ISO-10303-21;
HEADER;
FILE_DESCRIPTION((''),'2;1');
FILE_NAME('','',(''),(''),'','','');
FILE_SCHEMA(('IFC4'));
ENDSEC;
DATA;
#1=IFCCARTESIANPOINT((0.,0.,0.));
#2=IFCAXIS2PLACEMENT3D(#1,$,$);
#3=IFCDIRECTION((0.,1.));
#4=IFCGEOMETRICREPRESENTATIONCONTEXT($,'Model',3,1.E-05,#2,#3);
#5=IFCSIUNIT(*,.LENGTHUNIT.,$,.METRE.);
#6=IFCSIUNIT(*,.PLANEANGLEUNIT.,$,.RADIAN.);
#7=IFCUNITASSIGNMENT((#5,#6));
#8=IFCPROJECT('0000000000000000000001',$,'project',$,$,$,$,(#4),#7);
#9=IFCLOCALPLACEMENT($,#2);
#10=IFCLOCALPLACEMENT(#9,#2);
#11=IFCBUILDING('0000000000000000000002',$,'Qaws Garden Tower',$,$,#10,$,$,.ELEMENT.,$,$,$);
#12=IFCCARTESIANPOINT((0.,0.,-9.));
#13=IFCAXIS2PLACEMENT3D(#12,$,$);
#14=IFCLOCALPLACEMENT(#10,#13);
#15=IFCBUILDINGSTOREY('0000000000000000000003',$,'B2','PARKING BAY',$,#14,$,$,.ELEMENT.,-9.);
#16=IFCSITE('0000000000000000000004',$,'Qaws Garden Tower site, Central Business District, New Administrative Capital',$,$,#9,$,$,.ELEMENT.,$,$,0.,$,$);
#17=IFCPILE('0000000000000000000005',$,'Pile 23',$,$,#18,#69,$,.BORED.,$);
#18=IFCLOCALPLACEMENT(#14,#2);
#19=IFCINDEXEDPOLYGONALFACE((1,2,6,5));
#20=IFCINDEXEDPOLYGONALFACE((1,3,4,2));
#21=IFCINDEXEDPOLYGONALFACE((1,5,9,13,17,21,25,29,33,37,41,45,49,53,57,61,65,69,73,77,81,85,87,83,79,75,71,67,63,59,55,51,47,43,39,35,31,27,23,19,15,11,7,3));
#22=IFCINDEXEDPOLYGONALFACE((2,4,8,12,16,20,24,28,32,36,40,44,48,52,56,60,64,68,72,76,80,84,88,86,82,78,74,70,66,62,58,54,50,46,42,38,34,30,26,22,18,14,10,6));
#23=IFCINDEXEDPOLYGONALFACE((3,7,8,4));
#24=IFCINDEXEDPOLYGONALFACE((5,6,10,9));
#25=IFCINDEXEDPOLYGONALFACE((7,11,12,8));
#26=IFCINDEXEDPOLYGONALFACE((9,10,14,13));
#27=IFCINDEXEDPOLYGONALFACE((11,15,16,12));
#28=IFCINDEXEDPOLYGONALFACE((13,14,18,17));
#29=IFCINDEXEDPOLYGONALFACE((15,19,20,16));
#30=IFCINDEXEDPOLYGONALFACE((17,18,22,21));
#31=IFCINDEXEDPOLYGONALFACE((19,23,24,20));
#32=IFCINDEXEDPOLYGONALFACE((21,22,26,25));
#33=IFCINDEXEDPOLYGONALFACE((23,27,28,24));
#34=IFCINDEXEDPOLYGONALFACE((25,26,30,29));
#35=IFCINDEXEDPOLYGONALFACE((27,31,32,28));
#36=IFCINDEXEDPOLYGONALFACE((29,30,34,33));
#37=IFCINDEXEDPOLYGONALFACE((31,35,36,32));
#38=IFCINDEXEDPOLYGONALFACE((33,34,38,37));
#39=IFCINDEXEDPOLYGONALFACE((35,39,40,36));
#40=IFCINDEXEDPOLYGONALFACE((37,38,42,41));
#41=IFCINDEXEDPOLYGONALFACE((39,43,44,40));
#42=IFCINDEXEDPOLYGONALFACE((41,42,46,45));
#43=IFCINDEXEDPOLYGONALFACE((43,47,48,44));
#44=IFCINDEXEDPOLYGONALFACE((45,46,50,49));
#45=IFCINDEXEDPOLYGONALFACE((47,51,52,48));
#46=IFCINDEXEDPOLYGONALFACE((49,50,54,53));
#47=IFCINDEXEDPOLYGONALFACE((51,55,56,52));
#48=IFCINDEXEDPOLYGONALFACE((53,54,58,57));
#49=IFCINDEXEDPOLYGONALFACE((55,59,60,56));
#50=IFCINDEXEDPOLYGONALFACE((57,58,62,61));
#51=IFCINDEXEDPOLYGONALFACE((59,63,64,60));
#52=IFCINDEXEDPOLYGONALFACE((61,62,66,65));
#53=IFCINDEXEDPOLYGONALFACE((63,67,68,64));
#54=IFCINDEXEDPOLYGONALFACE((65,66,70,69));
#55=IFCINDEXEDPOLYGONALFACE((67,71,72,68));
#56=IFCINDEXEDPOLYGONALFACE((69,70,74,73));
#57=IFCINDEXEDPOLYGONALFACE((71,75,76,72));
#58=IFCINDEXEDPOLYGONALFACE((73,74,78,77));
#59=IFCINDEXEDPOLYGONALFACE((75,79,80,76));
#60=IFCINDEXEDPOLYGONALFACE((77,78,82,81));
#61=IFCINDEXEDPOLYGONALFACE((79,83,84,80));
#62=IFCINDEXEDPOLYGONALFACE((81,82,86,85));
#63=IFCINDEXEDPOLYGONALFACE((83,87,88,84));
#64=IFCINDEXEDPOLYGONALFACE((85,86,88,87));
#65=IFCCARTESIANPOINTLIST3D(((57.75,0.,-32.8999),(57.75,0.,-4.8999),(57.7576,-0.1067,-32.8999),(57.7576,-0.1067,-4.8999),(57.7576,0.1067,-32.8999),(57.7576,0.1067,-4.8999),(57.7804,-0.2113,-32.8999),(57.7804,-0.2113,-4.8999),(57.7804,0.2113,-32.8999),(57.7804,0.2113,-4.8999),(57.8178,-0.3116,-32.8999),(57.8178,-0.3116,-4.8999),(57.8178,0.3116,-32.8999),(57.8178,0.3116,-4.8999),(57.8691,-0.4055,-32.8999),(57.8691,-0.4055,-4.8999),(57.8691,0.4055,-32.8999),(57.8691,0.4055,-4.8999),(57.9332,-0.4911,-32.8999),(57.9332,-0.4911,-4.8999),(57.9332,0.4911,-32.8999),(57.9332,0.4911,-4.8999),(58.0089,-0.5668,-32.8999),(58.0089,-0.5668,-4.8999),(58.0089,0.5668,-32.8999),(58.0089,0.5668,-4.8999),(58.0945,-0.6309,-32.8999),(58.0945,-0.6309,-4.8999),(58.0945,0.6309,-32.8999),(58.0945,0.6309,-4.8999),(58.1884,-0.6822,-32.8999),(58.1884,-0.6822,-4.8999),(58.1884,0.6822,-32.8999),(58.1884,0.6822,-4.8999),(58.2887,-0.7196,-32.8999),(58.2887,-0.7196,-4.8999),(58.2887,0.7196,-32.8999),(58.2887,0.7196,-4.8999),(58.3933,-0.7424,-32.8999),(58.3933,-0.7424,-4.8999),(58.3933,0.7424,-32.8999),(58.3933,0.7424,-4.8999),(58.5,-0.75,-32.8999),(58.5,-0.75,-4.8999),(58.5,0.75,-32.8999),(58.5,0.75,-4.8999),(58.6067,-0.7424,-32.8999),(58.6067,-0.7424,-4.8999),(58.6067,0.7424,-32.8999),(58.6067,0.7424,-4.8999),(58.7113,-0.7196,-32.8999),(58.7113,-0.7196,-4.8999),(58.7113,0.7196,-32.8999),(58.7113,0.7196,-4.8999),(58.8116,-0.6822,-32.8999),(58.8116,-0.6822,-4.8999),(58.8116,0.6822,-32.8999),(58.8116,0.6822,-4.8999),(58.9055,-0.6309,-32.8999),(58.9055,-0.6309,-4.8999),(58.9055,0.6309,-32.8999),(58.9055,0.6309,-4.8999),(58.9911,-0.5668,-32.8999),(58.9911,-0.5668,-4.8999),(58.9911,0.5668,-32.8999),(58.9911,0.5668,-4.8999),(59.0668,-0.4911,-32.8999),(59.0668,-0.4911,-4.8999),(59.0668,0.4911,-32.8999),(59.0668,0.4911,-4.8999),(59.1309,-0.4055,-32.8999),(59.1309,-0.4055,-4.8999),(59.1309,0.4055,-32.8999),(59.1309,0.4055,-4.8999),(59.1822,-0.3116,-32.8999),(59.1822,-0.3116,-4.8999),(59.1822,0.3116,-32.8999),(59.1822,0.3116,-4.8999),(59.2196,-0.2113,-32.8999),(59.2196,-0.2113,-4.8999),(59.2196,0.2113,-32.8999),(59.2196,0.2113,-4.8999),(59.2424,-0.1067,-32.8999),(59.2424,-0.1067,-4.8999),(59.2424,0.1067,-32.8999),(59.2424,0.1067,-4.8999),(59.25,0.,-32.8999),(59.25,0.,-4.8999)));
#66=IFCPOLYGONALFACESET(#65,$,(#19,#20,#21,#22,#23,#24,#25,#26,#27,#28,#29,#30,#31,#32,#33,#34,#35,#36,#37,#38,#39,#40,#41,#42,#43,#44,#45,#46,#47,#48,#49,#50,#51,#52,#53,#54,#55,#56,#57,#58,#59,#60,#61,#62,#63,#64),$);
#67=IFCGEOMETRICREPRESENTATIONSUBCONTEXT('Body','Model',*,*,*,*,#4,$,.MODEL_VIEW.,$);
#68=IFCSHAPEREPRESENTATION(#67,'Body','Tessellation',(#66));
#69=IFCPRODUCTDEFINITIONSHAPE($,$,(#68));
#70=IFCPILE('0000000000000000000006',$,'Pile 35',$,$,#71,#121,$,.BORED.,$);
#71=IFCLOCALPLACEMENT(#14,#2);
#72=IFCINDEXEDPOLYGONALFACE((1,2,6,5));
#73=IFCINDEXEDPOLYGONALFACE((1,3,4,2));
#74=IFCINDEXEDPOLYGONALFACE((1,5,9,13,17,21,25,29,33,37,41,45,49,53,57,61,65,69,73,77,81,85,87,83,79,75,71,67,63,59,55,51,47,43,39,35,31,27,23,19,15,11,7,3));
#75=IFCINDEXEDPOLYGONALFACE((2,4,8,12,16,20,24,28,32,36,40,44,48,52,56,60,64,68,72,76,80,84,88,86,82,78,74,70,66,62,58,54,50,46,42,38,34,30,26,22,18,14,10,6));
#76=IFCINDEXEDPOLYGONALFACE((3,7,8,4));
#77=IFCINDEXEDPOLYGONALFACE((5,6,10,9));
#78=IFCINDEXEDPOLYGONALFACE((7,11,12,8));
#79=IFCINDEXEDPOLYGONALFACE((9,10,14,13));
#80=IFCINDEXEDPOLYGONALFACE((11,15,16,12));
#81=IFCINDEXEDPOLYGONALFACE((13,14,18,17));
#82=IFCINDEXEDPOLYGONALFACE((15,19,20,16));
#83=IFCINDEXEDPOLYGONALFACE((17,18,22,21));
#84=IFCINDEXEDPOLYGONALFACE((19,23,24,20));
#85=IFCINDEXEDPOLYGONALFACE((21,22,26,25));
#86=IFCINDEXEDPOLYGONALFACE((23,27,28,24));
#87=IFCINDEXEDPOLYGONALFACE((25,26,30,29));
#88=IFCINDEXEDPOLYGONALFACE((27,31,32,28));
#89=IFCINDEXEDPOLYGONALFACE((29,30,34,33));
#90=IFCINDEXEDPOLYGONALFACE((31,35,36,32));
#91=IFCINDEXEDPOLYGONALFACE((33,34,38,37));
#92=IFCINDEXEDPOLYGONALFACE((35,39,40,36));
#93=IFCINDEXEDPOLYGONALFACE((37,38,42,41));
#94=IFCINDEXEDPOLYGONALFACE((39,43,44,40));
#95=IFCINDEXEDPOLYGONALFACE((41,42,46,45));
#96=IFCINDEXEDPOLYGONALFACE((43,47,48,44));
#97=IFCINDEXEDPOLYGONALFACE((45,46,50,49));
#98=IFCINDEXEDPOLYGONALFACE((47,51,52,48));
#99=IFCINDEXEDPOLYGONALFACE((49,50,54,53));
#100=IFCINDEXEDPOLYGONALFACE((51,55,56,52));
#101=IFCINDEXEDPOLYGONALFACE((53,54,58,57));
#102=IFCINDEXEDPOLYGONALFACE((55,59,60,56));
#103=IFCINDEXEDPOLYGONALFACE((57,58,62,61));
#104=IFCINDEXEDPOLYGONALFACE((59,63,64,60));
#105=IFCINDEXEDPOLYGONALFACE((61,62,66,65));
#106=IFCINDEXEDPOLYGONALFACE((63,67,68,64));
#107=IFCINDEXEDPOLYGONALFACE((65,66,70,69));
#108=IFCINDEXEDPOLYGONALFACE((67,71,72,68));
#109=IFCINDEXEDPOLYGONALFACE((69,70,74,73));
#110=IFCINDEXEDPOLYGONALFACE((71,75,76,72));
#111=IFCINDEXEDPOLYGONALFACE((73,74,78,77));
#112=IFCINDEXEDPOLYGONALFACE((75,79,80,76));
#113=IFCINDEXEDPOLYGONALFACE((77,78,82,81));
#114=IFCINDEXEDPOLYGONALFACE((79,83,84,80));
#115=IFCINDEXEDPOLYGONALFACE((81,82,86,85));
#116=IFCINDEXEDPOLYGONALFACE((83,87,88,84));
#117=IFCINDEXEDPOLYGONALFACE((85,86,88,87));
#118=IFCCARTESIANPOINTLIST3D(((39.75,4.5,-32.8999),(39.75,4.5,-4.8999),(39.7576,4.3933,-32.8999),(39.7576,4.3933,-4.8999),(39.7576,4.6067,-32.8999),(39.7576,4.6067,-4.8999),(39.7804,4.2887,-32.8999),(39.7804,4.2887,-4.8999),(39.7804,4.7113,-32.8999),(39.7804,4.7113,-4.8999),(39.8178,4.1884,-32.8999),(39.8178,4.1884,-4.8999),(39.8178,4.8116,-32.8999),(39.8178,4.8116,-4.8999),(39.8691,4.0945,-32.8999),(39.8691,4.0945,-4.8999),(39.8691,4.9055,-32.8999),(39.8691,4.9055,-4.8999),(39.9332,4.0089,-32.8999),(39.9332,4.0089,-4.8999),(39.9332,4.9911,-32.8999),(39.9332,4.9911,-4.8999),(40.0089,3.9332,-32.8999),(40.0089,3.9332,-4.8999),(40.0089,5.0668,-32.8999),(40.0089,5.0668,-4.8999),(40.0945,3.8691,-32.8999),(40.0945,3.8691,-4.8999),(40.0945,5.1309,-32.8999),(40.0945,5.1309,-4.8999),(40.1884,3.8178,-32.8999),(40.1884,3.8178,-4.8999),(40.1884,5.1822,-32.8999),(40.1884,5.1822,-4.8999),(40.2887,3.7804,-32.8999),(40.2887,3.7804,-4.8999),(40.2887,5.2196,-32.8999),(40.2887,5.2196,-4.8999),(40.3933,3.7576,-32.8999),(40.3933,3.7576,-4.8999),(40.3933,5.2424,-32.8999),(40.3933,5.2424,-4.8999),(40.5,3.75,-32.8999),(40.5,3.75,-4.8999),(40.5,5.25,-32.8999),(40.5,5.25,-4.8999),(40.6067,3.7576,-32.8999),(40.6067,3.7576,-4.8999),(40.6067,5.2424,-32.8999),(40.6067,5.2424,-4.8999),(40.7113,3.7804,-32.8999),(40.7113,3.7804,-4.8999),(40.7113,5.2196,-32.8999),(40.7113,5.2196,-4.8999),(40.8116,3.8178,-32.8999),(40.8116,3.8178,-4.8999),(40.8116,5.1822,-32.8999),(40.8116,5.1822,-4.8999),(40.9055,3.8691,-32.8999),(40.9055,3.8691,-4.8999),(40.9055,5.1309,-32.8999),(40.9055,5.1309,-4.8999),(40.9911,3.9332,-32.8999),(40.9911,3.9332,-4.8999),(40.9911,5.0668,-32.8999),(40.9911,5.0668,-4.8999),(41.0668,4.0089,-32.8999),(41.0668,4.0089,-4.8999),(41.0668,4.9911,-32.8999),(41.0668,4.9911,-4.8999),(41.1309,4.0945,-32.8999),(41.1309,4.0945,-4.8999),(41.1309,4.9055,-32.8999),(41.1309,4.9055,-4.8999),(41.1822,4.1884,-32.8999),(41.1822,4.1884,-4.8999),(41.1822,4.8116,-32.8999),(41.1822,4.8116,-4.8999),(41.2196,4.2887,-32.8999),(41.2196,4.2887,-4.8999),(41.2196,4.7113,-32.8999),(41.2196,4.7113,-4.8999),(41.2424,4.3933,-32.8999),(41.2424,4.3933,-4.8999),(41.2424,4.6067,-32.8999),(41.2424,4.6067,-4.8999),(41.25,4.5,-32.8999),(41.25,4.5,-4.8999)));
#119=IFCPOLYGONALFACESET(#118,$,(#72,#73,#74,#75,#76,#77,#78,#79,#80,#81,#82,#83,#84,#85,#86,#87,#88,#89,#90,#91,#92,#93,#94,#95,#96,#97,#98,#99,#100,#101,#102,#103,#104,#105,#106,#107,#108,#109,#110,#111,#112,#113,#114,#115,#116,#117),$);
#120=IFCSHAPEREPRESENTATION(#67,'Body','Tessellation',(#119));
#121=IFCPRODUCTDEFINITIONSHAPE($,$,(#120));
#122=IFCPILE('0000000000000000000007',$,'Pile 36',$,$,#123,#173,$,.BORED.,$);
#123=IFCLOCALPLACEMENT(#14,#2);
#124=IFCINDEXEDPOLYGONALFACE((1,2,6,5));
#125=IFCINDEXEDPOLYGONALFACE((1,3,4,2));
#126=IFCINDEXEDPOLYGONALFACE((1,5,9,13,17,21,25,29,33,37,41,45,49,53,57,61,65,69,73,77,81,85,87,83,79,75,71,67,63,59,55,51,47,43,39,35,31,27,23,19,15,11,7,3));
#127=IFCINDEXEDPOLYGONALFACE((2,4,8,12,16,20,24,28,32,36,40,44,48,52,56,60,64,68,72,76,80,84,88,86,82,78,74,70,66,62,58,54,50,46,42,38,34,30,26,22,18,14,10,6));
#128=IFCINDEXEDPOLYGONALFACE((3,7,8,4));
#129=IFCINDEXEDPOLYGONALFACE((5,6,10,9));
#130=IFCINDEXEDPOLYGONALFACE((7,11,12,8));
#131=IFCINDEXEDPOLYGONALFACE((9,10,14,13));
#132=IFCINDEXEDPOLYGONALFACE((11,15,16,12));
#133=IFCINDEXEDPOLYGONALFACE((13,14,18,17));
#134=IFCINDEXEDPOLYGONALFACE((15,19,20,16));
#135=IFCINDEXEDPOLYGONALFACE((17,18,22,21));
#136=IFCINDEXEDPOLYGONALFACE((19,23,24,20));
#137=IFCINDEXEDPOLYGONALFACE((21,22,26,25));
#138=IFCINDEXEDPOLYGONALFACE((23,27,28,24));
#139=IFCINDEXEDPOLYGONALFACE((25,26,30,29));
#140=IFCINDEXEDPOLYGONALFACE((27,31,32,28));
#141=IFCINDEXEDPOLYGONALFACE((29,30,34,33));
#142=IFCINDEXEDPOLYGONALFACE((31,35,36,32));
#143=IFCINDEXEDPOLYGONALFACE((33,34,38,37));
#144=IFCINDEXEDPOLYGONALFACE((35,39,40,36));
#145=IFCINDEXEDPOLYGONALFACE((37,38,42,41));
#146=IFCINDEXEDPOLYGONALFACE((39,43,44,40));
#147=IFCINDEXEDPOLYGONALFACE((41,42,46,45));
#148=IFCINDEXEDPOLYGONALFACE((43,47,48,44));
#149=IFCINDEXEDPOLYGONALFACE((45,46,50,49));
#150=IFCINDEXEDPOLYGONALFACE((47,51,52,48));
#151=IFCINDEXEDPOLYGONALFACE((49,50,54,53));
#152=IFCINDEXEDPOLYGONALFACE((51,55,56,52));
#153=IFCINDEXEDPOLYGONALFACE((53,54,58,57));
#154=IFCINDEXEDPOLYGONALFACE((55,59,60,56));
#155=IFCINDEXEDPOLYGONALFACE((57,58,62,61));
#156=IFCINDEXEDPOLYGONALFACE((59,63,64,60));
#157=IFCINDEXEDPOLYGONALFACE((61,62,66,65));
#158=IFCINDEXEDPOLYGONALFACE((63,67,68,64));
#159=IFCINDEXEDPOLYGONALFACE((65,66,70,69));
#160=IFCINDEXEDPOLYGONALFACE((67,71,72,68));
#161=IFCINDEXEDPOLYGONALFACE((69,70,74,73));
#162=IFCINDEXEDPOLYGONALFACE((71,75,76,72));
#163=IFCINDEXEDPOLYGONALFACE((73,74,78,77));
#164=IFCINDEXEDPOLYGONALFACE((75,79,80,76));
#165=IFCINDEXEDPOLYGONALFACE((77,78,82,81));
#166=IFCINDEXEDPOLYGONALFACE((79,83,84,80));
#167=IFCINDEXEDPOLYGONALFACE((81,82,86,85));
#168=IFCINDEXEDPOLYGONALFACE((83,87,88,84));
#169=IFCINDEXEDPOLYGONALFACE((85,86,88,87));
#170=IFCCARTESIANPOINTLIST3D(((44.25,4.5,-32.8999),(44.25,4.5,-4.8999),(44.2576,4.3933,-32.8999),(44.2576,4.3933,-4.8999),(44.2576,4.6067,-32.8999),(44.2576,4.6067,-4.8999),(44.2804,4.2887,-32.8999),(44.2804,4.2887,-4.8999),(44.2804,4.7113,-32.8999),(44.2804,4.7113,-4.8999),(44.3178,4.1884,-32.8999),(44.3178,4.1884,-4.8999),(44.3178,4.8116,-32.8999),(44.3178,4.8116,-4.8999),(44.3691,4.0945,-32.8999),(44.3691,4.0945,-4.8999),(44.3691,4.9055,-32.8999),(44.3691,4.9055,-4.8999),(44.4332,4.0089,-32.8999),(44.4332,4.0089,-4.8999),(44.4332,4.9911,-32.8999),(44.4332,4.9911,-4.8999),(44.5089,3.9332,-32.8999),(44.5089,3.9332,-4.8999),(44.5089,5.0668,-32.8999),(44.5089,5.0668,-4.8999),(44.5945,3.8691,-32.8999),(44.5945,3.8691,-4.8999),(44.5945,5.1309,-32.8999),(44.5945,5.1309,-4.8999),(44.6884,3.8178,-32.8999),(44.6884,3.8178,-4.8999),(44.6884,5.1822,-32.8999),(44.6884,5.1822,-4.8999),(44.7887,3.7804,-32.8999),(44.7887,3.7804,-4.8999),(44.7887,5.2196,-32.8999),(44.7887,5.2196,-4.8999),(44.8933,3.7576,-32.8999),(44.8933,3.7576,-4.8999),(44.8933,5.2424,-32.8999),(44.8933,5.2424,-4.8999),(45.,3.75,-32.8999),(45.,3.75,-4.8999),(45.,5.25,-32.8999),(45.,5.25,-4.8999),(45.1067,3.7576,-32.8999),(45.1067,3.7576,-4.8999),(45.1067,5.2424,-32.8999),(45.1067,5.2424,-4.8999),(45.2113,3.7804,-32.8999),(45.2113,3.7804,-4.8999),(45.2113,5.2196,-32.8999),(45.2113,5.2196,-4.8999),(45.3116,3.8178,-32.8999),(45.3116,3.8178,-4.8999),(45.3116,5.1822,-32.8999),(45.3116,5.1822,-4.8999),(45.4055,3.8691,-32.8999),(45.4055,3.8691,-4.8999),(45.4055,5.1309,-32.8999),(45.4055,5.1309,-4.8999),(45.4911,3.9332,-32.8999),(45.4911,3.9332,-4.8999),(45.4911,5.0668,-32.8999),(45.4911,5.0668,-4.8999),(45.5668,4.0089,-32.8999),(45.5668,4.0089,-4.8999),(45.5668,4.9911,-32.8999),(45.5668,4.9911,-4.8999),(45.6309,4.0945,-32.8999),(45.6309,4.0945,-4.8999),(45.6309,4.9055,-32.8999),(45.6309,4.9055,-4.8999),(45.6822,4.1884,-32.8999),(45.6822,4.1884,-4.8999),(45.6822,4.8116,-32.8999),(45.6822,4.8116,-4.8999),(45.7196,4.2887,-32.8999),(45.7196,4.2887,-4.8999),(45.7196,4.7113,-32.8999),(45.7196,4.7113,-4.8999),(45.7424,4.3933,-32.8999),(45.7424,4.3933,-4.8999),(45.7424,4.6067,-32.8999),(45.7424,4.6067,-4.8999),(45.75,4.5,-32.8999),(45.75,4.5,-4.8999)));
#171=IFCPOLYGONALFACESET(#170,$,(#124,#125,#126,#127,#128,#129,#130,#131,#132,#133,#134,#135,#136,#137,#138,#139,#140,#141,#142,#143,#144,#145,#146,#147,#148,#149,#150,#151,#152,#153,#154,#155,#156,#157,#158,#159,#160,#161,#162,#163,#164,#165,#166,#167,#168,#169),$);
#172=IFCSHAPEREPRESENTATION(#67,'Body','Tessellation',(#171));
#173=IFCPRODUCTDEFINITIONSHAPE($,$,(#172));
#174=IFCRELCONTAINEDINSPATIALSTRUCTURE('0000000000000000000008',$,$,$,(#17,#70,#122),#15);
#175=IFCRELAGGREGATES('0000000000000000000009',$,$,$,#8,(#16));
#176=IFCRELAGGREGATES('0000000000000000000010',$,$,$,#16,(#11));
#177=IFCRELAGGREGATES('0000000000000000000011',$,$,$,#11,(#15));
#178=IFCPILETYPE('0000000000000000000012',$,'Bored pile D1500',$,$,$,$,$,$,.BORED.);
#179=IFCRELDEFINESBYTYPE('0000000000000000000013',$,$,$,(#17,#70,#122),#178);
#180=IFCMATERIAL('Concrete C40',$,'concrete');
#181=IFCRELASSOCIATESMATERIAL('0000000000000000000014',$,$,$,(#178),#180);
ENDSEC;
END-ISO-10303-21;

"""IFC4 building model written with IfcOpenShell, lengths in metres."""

from ifc_helpers import new_model, si_unit, direction, frame, origin, origin_2d, place, context, subcontext, project, spatial, circle, extrude, material, material_profile, profile_set, type_object, element, save


model = new_model("IFC4")

# Units and contexts
model_context = context("Model", 3, precision=1e-05, world=origin(), true_north=direction((0.0, 1.0)))
body_context = subcontext(model_context, "Body", "Model", "MODEL_VIEW")
ifc_project = project(units=[si_unit("LENGTHUNIT", "METRE"), si_unit("PLANEANGLEUNIT", "RADIAN")], contexts=[model_context])

# Site, building, storey
site_placement = place(None, origin())
site = spatial("IfcSite", under=ifc_project, at=site_placement, Name="Qaws Garden Tower site, Central Business District, New Administrative Capital", CompositionType="ELEMENT", RefElevation=0.0)
building_placement = place(site_placement, origin())
building = spatial("IfcBuilding", under=site, at=building_placement, Name="Qaws Garden Tower", CompositionType="ELEMENT")
storey_placement = place(building_placement, frame((0.0, 0.0, -9.0)))
storey = spatial("IfcBuildingStorey", under=building, at=storey_placement, Name="B2", Description="PARKING BAY", CompositionType="ELEMENT", Elevation=-9.0)

# Piles
ifc_material_1 = material(Name="Concrete C40", Category="concrete")
ifc_material_profile_1 = material_profile(ifc_material_1, circle(Radius=0.75, at=origin_2d()), Name="Bored pile D1500")
ifc_profile_set_1 = profile_set([ifc_material_profile_1], Name="Concrete C40")
pile_type = type_object("IfcPileType", Name="Bored pile D1500", PredefinedType="BORED", material=ifc_profile_set_1)
for number, where, z_axis, x_axis, name in (
    (1, (58.5, 0.0, -4.8999), (0.0, 0.0, -1.0), (1.0, 0.0, 0.0), "Pile 23"),
    (2, (40.5, 4.5, -4.8999), (0.0, 0.0, -1.0), (1.0, 0.0, 0.0), "Pile 35"),
    (3, (45.0, 4.5, -4.8999), (0.0, 0.0, -1.0), (1.0, 0.0, 0.0), "Pile 36"),
):
    element("IfcPile", number, at=place(storey_placement, frame(where, z_axis=z_axis, x_axis=x_axis)), inside=storey, type_object=pile_type, Name=name, PredefinedType="BORED", context=body_context, shape_type="SweptSolid", body=[
        extrude(circle(Radius=0.75, at=origin_2d()), origin(), (0.0, 0.0, 1.0), 28.0),
    ])

save(model, "model.ifc")
